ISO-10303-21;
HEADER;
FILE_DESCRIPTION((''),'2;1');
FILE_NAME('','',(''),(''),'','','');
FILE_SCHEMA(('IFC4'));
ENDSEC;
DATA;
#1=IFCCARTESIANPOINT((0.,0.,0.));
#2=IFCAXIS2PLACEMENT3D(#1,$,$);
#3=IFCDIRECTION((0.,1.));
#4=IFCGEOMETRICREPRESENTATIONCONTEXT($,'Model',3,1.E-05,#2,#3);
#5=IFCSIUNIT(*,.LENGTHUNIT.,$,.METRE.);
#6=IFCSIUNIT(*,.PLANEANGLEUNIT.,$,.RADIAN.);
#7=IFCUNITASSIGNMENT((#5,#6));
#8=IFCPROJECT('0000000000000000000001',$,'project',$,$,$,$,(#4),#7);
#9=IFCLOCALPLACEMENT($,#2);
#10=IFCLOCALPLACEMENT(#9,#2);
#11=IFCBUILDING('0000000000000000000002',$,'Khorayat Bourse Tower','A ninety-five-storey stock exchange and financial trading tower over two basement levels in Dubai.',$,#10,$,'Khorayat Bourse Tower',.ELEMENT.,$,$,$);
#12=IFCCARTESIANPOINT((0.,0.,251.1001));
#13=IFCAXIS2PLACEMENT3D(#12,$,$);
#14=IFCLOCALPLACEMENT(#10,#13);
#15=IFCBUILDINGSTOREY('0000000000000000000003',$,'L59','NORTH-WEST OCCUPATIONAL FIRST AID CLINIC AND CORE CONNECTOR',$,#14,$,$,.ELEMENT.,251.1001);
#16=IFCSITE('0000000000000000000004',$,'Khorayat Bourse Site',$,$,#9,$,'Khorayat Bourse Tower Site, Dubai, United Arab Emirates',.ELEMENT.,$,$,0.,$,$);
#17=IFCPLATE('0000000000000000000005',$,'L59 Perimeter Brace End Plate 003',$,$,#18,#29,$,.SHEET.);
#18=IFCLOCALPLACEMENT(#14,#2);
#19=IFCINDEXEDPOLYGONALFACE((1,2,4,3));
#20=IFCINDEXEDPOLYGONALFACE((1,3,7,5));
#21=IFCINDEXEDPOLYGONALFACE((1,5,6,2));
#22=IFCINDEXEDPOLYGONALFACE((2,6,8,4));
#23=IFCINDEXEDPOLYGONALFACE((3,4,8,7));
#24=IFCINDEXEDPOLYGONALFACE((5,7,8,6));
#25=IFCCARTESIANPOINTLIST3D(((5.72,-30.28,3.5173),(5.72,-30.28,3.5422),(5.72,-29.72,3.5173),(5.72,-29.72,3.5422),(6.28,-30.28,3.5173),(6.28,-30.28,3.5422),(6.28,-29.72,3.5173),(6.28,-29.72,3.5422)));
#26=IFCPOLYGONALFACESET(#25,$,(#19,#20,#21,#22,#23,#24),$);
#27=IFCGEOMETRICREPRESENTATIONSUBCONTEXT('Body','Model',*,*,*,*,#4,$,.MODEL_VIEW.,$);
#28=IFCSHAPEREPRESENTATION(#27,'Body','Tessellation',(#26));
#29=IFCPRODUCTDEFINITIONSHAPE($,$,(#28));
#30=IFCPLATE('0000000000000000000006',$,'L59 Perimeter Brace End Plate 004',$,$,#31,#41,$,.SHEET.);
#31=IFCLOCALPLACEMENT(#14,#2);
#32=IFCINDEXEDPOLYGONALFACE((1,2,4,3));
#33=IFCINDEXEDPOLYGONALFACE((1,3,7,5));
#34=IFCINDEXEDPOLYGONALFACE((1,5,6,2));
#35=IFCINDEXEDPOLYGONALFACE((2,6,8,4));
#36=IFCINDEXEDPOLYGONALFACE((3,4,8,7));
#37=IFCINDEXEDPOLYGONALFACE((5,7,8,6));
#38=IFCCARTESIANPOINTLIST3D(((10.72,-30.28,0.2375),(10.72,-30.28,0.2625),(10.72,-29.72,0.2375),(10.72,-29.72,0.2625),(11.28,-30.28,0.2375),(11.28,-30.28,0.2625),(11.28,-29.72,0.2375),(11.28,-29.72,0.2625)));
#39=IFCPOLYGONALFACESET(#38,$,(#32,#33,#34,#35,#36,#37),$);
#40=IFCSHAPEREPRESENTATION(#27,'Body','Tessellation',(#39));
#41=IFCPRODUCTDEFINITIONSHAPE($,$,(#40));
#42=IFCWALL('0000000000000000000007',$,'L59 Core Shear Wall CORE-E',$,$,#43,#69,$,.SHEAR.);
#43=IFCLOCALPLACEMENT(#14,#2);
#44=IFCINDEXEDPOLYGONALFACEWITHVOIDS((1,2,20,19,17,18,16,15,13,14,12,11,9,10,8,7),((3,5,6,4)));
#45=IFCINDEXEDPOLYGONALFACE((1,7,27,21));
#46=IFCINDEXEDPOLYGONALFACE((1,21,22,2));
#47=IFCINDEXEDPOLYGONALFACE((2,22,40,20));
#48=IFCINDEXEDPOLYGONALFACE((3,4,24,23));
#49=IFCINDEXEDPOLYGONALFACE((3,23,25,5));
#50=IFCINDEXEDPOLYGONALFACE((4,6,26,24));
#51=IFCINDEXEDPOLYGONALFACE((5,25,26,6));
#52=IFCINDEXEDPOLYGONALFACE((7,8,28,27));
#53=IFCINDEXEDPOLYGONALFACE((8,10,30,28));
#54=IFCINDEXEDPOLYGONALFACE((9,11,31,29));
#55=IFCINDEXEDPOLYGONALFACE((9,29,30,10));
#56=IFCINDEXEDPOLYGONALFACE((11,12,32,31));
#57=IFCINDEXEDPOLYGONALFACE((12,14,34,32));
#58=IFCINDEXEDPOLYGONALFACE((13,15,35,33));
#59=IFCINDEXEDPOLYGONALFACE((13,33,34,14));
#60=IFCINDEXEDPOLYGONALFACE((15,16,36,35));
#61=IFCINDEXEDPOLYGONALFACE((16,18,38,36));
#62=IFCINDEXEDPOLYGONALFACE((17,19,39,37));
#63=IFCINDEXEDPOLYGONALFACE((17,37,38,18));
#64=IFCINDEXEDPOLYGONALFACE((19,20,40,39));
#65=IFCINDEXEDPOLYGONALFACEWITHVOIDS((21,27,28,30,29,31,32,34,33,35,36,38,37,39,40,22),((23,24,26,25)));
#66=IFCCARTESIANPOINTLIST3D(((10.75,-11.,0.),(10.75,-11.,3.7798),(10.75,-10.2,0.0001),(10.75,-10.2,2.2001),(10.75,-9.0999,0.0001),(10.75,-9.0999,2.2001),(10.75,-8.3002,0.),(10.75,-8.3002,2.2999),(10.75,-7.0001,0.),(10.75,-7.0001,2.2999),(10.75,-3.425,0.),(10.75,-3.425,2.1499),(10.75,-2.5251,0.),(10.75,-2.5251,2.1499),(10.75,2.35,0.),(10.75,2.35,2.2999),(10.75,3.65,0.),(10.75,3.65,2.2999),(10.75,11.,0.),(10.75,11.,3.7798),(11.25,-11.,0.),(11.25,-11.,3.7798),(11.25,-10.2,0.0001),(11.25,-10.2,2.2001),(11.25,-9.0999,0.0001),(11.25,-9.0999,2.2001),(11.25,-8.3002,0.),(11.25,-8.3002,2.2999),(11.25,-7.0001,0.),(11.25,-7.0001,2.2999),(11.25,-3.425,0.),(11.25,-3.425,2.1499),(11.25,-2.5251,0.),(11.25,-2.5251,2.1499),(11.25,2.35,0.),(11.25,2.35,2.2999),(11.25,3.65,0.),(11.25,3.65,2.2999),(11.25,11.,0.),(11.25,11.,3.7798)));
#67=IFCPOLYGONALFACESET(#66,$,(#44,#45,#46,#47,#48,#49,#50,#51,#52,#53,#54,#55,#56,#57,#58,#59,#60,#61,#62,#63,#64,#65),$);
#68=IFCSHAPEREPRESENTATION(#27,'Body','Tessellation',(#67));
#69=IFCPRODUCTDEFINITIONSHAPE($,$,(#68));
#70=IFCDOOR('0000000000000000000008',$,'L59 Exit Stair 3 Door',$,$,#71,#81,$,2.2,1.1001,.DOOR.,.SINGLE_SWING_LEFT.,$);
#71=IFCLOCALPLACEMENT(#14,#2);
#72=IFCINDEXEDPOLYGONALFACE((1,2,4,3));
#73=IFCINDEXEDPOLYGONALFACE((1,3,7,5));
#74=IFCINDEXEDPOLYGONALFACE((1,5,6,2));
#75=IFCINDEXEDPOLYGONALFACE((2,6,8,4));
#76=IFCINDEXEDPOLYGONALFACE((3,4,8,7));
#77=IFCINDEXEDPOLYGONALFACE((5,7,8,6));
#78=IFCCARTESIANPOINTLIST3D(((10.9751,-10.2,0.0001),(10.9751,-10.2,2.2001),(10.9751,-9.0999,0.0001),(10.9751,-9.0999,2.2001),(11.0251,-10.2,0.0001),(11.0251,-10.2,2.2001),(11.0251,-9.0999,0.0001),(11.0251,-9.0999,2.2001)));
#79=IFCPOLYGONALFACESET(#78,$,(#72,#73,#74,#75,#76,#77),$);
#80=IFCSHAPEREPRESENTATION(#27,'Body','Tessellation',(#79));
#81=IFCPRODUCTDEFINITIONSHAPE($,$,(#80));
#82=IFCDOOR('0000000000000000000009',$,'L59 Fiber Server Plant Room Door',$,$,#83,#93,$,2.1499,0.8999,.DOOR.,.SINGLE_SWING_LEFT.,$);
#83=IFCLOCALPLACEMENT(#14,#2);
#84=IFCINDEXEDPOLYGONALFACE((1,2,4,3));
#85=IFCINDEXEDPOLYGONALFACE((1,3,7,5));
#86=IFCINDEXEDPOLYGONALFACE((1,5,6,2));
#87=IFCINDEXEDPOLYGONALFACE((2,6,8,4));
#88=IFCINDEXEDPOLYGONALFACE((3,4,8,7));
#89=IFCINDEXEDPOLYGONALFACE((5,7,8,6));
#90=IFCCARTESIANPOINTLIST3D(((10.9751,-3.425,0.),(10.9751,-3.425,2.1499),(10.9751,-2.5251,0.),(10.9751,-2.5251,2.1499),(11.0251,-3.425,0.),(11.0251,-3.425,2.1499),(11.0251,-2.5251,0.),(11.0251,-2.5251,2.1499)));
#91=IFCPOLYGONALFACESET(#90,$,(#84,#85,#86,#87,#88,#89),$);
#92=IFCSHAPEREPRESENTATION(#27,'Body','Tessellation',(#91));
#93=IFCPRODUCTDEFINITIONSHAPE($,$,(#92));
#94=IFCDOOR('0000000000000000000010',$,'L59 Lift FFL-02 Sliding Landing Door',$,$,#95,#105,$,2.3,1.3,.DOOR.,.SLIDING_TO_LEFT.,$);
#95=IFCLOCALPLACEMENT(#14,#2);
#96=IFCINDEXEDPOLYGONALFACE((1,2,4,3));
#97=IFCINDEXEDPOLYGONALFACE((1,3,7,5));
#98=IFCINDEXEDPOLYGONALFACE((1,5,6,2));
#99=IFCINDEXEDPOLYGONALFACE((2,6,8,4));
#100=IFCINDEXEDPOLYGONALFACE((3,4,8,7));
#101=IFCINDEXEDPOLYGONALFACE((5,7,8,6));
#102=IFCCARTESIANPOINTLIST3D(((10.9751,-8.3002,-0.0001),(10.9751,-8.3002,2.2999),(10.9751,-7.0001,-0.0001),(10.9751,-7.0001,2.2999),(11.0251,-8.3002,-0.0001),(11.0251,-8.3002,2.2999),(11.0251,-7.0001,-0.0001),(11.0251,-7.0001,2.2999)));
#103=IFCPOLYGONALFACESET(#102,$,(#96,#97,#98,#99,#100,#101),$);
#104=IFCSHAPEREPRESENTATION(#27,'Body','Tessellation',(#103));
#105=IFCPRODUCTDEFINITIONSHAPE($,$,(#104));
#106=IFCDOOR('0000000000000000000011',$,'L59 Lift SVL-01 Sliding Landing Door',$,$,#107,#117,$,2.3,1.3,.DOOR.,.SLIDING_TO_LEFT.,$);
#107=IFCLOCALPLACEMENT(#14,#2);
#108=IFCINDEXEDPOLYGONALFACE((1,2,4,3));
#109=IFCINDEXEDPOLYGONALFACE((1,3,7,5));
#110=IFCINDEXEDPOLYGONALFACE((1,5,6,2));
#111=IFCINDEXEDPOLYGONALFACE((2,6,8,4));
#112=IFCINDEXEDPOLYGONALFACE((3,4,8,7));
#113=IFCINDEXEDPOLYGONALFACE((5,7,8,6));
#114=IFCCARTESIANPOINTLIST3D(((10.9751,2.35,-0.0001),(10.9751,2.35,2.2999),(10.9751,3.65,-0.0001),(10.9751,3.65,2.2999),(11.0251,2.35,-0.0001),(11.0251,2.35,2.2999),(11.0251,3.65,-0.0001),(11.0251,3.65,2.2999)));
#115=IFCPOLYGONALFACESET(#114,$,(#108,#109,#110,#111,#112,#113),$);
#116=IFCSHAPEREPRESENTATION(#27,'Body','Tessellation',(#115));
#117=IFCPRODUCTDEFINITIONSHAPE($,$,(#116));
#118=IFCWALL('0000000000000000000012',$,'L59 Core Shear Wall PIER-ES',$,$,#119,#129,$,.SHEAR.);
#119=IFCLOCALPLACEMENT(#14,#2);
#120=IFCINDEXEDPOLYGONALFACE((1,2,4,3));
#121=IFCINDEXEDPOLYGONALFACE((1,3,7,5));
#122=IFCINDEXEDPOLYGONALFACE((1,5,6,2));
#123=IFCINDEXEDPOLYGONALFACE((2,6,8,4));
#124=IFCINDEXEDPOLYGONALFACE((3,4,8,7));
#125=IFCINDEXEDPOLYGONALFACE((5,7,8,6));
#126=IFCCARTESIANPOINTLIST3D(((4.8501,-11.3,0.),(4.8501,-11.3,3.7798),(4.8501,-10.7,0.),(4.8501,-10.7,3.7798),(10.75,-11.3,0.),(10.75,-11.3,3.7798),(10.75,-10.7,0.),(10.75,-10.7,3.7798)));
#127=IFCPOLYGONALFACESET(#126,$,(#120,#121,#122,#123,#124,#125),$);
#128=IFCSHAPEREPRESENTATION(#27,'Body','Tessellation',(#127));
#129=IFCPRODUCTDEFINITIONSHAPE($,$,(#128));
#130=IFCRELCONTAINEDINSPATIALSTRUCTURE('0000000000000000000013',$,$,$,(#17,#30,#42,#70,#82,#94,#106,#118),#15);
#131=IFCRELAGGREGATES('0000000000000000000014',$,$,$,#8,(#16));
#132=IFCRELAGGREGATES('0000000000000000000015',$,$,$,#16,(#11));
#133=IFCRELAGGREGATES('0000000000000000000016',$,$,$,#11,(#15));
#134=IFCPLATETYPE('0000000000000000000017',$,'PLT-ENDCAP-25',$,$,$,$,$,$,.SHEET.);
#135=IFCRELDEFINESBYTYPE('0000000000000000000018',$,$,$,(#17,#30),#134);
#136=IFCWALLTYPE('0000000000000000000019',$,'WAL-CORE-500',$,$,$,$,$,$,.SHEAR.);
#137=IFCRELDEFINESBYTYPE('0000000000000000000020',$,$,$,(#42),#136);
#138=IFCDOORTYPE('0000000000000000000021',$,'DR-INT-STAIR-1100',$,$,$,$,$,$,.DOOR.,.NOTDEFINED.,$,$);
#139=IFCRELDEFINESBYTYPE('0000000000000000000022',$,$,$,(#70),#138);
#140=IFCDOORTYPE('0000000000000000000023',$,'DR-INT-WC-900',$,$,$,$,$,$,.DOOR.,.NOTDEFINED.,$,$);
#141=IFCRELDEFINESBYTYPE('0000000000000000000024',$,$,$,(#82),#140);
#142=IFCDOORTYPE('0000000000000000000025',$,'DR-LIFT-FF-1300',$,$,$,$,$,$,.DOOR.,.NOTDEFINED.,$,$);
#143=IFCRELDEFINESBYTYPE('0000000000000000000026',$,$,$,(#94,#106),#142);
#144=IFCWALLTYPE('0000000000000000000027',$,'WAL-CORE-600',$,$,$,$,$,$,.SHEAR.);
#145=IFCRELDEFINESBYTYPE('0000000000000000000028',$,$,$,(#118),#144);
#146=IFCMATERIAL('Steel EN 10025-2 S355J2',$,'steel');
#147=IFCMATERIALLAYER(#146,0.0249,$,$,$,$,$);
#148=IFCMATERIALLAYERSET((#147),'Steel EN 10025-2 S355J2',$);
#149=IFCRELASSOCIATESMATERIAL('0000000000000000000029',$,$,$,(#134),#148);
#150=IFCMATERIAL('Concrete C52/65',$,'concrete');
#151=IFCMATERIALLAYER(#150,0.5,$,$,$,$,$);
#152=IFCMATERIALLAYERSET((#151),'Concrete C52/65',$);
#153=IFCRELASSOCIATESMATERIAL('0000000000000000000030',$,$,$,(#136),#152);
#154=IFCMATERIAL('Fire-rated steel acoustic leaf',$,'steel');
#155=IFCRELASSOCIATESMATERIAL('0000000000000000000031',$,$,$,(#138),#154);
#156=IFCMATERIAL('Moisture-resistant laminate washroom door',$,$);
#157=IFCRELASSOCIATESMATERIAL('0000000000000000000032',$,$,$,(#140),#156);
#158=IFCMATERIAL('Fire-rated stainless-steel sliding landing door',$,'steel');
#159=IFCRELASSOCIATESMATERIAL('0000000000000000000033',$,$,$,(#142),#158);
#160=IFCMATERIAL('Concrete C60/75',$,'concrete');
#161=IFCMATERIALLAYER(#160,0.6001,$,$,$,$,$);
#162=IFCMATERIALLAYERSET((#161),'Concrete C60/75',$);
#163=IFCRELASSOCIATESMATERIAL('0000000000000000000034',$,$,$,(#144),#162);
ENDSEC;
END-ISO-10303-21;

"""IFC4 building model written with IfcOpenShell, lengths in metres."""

from ifc_helpers import new_model, si_unit, direction, frame, frame_2d, origin, origin_2d, place, context, subcontext, project, spatial, rectangle, extrude, source, transform, mapped, material, layer, layer_set, type_object, element, fill, save


model = new_model("IFC4")

# Units and contexts
model_context = context("Model", 3, precision=1e-05, world=origin(), true_north=direction((0.0, 1.0)))
body_context = subcontext(model_context, "Body", "Model", "MODEL_VIEW")
ifc_project = project(units=[si_unit("LENGTHUNIT", "METRE"), si_unit("PLANEANGLEUNIT", "RADIAN")], contexts=[model_context])

# Site, building, storey
site_placement = place(None, origin())
site = spatial("IfcSite", under=ifc_project, at=site_placement, Name="Khorayat Bourse Site", LongName="Khorayat Bourse Tower Site, Dubai, United Arab Emirates", CompositionType="ELEMENT", RefElevation=0.0)
building_placement = place(site_placement, origin())
building = spatial("IfcBuilding", under=site, at=building_placement, Name="Khorayat Bourse Tower", Description="A ninety-five-storey stock exchange and financial trading tower over two basement levels in Dubai.", LongName="Khorayat Bourse Tower", CompositionType="ELEMENT")
storey_placement = place(building_placement, frame((0.0, 0.0, 251.1001)))
storey = spatial("IfcBuildingStorey", under=building, at=storey_placement, Name="L59", Description="NORTH-WEST OCCUPATIONAL FIRST AID CLINIC AND CORE CONNECTOR", CompositionType="ELEMENT", Elevation=251.1001)

# Shared definitions
ifc_material_1 = material(Name="Concrete C60/75", Category="concrete")

# Plates
ifc_material_2 = material(Name="Steel EN 10025-2 S355J2", Category="steel")
ifc_layer_1 = layer(ifc_material_2, 0.0249)
ifc_layer_set_1 = layer_set([ifc_layer_1], Name="Steel EN 10025-2 S355J2")
plate_type = type_object("IfcPlateType", Name="PLT-ENDCAP-25", PredefinedType="SHEET", material=ifc_layer_set_1)
shared_shape_1 = source(origin(), body_context, "Body", "SweptSolid", [
    extrude(rectangle(XDim=0.5601, YDim=0.5601, at=origin_2d()), origin(), (0.0, 0.0, 1.0), 0.0249),
])
for number, where, z_axis, x_axis, name in (
    (1, (6.0, -30.0, 3.5173), (0.0, 0.0, 1.0), (1.0, 0.0, 0.0), "L59 Perimeter Brace End Plate 003"),
    (2, (11.0, -30.0, 0.2375), (0.0, 0.0, 1.0), (1.0, 0.0, 0.0), "L59 Perimeter Brace End Plate 004"),
):
    element("IfcPlate", number, at=place(storey_placement, frame(where, z_axis=z_axis, x_axis=x_axis)), inside=storey, type_object=plate_type, Name=name, PredefinedType="SHEET", context=body_context, shape_type="MappedRepresentation", body=[
        mapped(shared_shape_1, transform((0.0, 0.0, 0.0), scale=1.0)),
    ])

# Wall, openings, doors
ifc_material_3 = material(Name="Concrete C52/65", Category="concrete")
ifc_layer_2 = layer(ifc_material_3, 0.5)
ifc_layer_set_2 = layer_set([ifc_layer_2], Name="Concrete C52/65")
wall_type_1 = type_object("IfcWallType", Name="WAL-CORE-500", PredefinedType="SHEAR", material=ifc_layer_set_2)
shared_shape_2 = source(origin(), body_context, "Body", "SweptSolid", [
    extrude(rectangle(XDim=22.0, YDim=0.5, at=frame_2d((11.0, 0.0))), origin(), (0.0, 0.0, 1.0), 3.7798),
])
wall_1_placement = place(storey_placement, frame((11.0, -11.0, 0.0), z_axis=(0.0, 0.0, 1.0), x_axis=(0.0, 1.0, 0.0)))
wall_1 = element("IfcWall", 3, at=wall_1_placement, inside=storey, type_object=wall_type_1, Name="L59 Core Shear Wall CORE-E", PredefinedType="SHEAR", context=body_context, shape_type="MappedRepresentation", body=[
    mapped(shared_shape_2, transform((0.0, 0.0, 0.0), scale=1.0)),
])
shared_shape_3 = source(origin(), body_context, "Body", "SweptSolid", [
    extrude(rectangle(XDim=1.1001, YDim=2.2, at=frame_2d((0.55, 1.1001))), frame((0.0, 0.26, 0.0), z_axis=(0.0, -1.0, 0.0), x_axis=(1.0, 0.0, 0.0)), (0.0, 0.0, 1.0), 0.52),
])
opening_1_placement = place(wall_1_placement, frame((0.8, 0.0, 0.0)))
opening_1 = element("IfcOpeningElement", 4, at=opening_1_placement, cuts=wall_1, PredefinedType="OPENING", context=body_context, shape_type="MappedRepresentation", body=[
    mapped(shared_shape_3, transform((0.0, 0.0, 0.0), scale=1.0)),
])
shared_shape_4 = source(origin(), body_context, "Body", "SweptSolid", [
    extrude(rectangle(XDim=0.8999, YDim=2.1499, at=frame_2d((0.45, 1.075))), frame((0.0, 0.26, 0.0), z_axis=(0.0, -1.0, 0.0), x_axis=(1.0, 0.0, 0.0)), (0.0, 0.0, 1.0), 0.52),
])
opening_2_placement = place(wall_1_placement, frame((7.575, 0.0, 0.0)))
opening_2 = element("IfcOpeningElement", 5, at=opening_2_placement, cuts=wall_1, PredefinedType="OPENING", context=body_context, shape_type="MappedRepresentation", body=[
    mapped(shared_shape_4, transform((0.0, 0.0, 0.0), scale=1.0)),
])
shared_shape_5 = source(origin(), body_context, "Body", "SweptSolid", [
    extrude(rectangle(XDim=1.3, YDim=2.3, at=frame_2d((0.6499, 1.1499))), frame((0.0, 0.26, 0.0), z_axis=(0.0, -1.0, 0.0), x_axis=(1.0, 0.0, 0.0)), (0.0, 0.0, 1.0), 0.52),
])
opening_3_placement = place(wall_1_placement, frame((2.7, 0.0, 0.0)))
opening_3 = element("IfcOpeningElement", 6, at=opening_3_placement, cuts=wall_1, PredefinedType="OPENING", context=body_context, shape_type="MappedRepresentation", body=[
    mapped(shared_shape_5, transform((0.0, 0.0, 0.0), scale=1.0)),
])
opening_4_placement = place(wall_1_placement, frame((13.3501, 0.0, 0.0)))
opening_4 = element("IfcOpeningElement", 7, at=opening_4_placement, cuts=wall_1, PredefinedType="OPENING", context=body_context, shape_type="MappedRepresentation", body=[
    mapped(shared_shape_5, transform((0.0, 0.0, 0.0), scale=1.0)),
])
ifc_material_4 = material(Name="Fire-rated steel acoustic leaf", Category="steel")
door_type_1 = type_object("IfcDoorType", Name="DR-INT-STAIR-1100", OperationType="NOTDEFINED", PredefinedType="DOOR", material=ifc_material_4)
shared_shape_6 = source(origin(), body_context, "Body", "SweptSolid", [
    extrude(rectangle(XDim=1.1001, YDim=2.2, at=frame_2d((0.55, 1.1001))), frame((0.0, 0.0249, 0.0), z_axis=(0.0, -1.0, 0.0), x_axis=(1.0, 0.0, 0.0)), (0.0, 0.0, 1.0), 0.05),
])
door_1_placement = place(opening_1_placement, origin())
door_1 = element("IfcDoor", 8, at=door_1_placement, inside=storey, type_object=door_type_1, Name="L59 Exit Stair 3 Door", OperationType="SINGLE_SWING_LEFT", OverallHeight=2.2, OverallWidth=1.1001, PredefinedType="DOOR", context=body_context, shape_type="MappedRepresentation", body=[
    mapped(shared_shape_6, transform((0.0, 0.0, 0.0), scale=1.0)),
])
fill(opening_1, door_1)
ifc_material_5 = material(Name="Moisture-resistant laminate washroom door")
door_type_2 = type_object("IfcDoorType", Name="DR-INT-WC-900", OperationType="NOTDEFINED", PredefinedType="DOOR", material=ifc_material_5)
shared_shape_7 = source(origin(), body_context, "Body", "SweptSolid", [
    extrude(rectangle(XDim=0.8999, YDim=2.1499, at=frame_2d((0.45, 1.075))), frame((0.0, 0.0249, 0.0), z_axis=(0.0, -1.0, 0.0), x_axis=(1.0, 0.0, 0.0)), (0.0, 0.0, 1.0), 0.05),
])
door_2_placement = place(opening_2_placement, origin())
door_2 = element("IfcDoor", 9, at=door_2_placement, inside=storey, type_object=door_type_2, Name="L59 Fiber Server Plant Room Door", OperationType="SINGLE_SWING_LEFT", OverallHeight=2.1499, OverallWidth=0.8999, PredefinedType="DOOR", context=body_context, shape_type="MappedRepresentation", body=[
    mapped(shared_shape_7, transform((0.0, 0.0, 0.0), scale=1.0)),
])
fill(opening_2, door_2)
ifc_material_6 = material(Name="Fire-rated stainless-steel sliding landing door", Category="steel")
door_type_3 = type_object("IfcDoorType", Name="DR-LIFT-FF-1300", OperationType="NOTDEFINED", PredefinedType="DOOR", material=ifc_material_6)
shared_shape_8 = source(origin(), body_context, "Body", "SweptSolid", [
    extrude(rectangle(XDim=1.3, YDim=2.3, at=frame_2d((0.6499, 1.1499))), frame((0.0, 0.0249, 0.0), z_axis=(0.0, -1.0, 0.0), x_axis=(1.0, 0.0, 0.0)), (0.0, 0.0, 1.0), 0.05),
])
door_3_placement = place(opening_3_placement, origin())
door_3 = element("IfcDoor", 10, at=door_3_placement, inside=storey, type_object=door_type_3, Name="L59 Lift FFL-02 Sliding Landing Door", OperationType="SLIDING_TO_LEFT", OverallHeight=2.3, OverallWidth=1.3, PredefinedType="DOOR", context=body_context, shape_type="MappedRepresentation", body=[
    mapped(shared_shape_8, transform((0.0, 0.0, 0.0), scale=1.0)),
])
fill(opening_3, door_3)
door_4_placement = place(opening_4_placement, origin())
door_4 = element("IfcDoor", 11, at=door_4_placement, inside=storey, type_object=door_type_3, Name="L59 Lift SVL-01 Sliding Landing Door", OperationType="SLIDING_TO_LEFT", OverallHeight=2.3, OverallWidth=1.3, PredefinedType="DOOR", context=body_context, shape_type="MappedRepresentation", body=[
    mapped(shared_shape_8, transform((0.0, 0.0, 0.0), scale=1.0)),
])
fill(opening_4, door_4)

# Wall
ifc_layer_3 = layer(ifc_material_1, 0.6001)
ifc_layer_set_3 = layer_set([ifc_layer_3], Name="Concrete C60/75")
wall_type_2 = type_object("IfcWallType", Name="WAL-CORE-600", PredefinedType="SHEAR", material=ifc_layer_set_3)
shared_shape_9 = source(origin(), body_context, "Body", "SweptSolid", [
    extrude(rectangle(XDim=5.8999, YDim=0.6001, at=frame_2d((2.95, 0.0))), origin(), (0.0, 0.0, 1.0), 3.7798),
])
wall_2_placement = place(storey_placement, frame((4.8501, -11.0, 0.0), z_axis=(0.0, 0.0, 1.0), x_axis=(1.0, 0.0, 0.0)))
element("IfcWall", 12, at=wall_2_placement, inside=storey, type_object=wall_type_2, Name="L59 Core Shear Wall PIER-ES", PredefinedType="SHEAR", context=body_context, shape_type="MappedRepresentation", body=[
    mapped(shared_shape_9, transform((0.0, 0.0, 0.0), scale=1.0)),
])

save(model, "model.ifc")
